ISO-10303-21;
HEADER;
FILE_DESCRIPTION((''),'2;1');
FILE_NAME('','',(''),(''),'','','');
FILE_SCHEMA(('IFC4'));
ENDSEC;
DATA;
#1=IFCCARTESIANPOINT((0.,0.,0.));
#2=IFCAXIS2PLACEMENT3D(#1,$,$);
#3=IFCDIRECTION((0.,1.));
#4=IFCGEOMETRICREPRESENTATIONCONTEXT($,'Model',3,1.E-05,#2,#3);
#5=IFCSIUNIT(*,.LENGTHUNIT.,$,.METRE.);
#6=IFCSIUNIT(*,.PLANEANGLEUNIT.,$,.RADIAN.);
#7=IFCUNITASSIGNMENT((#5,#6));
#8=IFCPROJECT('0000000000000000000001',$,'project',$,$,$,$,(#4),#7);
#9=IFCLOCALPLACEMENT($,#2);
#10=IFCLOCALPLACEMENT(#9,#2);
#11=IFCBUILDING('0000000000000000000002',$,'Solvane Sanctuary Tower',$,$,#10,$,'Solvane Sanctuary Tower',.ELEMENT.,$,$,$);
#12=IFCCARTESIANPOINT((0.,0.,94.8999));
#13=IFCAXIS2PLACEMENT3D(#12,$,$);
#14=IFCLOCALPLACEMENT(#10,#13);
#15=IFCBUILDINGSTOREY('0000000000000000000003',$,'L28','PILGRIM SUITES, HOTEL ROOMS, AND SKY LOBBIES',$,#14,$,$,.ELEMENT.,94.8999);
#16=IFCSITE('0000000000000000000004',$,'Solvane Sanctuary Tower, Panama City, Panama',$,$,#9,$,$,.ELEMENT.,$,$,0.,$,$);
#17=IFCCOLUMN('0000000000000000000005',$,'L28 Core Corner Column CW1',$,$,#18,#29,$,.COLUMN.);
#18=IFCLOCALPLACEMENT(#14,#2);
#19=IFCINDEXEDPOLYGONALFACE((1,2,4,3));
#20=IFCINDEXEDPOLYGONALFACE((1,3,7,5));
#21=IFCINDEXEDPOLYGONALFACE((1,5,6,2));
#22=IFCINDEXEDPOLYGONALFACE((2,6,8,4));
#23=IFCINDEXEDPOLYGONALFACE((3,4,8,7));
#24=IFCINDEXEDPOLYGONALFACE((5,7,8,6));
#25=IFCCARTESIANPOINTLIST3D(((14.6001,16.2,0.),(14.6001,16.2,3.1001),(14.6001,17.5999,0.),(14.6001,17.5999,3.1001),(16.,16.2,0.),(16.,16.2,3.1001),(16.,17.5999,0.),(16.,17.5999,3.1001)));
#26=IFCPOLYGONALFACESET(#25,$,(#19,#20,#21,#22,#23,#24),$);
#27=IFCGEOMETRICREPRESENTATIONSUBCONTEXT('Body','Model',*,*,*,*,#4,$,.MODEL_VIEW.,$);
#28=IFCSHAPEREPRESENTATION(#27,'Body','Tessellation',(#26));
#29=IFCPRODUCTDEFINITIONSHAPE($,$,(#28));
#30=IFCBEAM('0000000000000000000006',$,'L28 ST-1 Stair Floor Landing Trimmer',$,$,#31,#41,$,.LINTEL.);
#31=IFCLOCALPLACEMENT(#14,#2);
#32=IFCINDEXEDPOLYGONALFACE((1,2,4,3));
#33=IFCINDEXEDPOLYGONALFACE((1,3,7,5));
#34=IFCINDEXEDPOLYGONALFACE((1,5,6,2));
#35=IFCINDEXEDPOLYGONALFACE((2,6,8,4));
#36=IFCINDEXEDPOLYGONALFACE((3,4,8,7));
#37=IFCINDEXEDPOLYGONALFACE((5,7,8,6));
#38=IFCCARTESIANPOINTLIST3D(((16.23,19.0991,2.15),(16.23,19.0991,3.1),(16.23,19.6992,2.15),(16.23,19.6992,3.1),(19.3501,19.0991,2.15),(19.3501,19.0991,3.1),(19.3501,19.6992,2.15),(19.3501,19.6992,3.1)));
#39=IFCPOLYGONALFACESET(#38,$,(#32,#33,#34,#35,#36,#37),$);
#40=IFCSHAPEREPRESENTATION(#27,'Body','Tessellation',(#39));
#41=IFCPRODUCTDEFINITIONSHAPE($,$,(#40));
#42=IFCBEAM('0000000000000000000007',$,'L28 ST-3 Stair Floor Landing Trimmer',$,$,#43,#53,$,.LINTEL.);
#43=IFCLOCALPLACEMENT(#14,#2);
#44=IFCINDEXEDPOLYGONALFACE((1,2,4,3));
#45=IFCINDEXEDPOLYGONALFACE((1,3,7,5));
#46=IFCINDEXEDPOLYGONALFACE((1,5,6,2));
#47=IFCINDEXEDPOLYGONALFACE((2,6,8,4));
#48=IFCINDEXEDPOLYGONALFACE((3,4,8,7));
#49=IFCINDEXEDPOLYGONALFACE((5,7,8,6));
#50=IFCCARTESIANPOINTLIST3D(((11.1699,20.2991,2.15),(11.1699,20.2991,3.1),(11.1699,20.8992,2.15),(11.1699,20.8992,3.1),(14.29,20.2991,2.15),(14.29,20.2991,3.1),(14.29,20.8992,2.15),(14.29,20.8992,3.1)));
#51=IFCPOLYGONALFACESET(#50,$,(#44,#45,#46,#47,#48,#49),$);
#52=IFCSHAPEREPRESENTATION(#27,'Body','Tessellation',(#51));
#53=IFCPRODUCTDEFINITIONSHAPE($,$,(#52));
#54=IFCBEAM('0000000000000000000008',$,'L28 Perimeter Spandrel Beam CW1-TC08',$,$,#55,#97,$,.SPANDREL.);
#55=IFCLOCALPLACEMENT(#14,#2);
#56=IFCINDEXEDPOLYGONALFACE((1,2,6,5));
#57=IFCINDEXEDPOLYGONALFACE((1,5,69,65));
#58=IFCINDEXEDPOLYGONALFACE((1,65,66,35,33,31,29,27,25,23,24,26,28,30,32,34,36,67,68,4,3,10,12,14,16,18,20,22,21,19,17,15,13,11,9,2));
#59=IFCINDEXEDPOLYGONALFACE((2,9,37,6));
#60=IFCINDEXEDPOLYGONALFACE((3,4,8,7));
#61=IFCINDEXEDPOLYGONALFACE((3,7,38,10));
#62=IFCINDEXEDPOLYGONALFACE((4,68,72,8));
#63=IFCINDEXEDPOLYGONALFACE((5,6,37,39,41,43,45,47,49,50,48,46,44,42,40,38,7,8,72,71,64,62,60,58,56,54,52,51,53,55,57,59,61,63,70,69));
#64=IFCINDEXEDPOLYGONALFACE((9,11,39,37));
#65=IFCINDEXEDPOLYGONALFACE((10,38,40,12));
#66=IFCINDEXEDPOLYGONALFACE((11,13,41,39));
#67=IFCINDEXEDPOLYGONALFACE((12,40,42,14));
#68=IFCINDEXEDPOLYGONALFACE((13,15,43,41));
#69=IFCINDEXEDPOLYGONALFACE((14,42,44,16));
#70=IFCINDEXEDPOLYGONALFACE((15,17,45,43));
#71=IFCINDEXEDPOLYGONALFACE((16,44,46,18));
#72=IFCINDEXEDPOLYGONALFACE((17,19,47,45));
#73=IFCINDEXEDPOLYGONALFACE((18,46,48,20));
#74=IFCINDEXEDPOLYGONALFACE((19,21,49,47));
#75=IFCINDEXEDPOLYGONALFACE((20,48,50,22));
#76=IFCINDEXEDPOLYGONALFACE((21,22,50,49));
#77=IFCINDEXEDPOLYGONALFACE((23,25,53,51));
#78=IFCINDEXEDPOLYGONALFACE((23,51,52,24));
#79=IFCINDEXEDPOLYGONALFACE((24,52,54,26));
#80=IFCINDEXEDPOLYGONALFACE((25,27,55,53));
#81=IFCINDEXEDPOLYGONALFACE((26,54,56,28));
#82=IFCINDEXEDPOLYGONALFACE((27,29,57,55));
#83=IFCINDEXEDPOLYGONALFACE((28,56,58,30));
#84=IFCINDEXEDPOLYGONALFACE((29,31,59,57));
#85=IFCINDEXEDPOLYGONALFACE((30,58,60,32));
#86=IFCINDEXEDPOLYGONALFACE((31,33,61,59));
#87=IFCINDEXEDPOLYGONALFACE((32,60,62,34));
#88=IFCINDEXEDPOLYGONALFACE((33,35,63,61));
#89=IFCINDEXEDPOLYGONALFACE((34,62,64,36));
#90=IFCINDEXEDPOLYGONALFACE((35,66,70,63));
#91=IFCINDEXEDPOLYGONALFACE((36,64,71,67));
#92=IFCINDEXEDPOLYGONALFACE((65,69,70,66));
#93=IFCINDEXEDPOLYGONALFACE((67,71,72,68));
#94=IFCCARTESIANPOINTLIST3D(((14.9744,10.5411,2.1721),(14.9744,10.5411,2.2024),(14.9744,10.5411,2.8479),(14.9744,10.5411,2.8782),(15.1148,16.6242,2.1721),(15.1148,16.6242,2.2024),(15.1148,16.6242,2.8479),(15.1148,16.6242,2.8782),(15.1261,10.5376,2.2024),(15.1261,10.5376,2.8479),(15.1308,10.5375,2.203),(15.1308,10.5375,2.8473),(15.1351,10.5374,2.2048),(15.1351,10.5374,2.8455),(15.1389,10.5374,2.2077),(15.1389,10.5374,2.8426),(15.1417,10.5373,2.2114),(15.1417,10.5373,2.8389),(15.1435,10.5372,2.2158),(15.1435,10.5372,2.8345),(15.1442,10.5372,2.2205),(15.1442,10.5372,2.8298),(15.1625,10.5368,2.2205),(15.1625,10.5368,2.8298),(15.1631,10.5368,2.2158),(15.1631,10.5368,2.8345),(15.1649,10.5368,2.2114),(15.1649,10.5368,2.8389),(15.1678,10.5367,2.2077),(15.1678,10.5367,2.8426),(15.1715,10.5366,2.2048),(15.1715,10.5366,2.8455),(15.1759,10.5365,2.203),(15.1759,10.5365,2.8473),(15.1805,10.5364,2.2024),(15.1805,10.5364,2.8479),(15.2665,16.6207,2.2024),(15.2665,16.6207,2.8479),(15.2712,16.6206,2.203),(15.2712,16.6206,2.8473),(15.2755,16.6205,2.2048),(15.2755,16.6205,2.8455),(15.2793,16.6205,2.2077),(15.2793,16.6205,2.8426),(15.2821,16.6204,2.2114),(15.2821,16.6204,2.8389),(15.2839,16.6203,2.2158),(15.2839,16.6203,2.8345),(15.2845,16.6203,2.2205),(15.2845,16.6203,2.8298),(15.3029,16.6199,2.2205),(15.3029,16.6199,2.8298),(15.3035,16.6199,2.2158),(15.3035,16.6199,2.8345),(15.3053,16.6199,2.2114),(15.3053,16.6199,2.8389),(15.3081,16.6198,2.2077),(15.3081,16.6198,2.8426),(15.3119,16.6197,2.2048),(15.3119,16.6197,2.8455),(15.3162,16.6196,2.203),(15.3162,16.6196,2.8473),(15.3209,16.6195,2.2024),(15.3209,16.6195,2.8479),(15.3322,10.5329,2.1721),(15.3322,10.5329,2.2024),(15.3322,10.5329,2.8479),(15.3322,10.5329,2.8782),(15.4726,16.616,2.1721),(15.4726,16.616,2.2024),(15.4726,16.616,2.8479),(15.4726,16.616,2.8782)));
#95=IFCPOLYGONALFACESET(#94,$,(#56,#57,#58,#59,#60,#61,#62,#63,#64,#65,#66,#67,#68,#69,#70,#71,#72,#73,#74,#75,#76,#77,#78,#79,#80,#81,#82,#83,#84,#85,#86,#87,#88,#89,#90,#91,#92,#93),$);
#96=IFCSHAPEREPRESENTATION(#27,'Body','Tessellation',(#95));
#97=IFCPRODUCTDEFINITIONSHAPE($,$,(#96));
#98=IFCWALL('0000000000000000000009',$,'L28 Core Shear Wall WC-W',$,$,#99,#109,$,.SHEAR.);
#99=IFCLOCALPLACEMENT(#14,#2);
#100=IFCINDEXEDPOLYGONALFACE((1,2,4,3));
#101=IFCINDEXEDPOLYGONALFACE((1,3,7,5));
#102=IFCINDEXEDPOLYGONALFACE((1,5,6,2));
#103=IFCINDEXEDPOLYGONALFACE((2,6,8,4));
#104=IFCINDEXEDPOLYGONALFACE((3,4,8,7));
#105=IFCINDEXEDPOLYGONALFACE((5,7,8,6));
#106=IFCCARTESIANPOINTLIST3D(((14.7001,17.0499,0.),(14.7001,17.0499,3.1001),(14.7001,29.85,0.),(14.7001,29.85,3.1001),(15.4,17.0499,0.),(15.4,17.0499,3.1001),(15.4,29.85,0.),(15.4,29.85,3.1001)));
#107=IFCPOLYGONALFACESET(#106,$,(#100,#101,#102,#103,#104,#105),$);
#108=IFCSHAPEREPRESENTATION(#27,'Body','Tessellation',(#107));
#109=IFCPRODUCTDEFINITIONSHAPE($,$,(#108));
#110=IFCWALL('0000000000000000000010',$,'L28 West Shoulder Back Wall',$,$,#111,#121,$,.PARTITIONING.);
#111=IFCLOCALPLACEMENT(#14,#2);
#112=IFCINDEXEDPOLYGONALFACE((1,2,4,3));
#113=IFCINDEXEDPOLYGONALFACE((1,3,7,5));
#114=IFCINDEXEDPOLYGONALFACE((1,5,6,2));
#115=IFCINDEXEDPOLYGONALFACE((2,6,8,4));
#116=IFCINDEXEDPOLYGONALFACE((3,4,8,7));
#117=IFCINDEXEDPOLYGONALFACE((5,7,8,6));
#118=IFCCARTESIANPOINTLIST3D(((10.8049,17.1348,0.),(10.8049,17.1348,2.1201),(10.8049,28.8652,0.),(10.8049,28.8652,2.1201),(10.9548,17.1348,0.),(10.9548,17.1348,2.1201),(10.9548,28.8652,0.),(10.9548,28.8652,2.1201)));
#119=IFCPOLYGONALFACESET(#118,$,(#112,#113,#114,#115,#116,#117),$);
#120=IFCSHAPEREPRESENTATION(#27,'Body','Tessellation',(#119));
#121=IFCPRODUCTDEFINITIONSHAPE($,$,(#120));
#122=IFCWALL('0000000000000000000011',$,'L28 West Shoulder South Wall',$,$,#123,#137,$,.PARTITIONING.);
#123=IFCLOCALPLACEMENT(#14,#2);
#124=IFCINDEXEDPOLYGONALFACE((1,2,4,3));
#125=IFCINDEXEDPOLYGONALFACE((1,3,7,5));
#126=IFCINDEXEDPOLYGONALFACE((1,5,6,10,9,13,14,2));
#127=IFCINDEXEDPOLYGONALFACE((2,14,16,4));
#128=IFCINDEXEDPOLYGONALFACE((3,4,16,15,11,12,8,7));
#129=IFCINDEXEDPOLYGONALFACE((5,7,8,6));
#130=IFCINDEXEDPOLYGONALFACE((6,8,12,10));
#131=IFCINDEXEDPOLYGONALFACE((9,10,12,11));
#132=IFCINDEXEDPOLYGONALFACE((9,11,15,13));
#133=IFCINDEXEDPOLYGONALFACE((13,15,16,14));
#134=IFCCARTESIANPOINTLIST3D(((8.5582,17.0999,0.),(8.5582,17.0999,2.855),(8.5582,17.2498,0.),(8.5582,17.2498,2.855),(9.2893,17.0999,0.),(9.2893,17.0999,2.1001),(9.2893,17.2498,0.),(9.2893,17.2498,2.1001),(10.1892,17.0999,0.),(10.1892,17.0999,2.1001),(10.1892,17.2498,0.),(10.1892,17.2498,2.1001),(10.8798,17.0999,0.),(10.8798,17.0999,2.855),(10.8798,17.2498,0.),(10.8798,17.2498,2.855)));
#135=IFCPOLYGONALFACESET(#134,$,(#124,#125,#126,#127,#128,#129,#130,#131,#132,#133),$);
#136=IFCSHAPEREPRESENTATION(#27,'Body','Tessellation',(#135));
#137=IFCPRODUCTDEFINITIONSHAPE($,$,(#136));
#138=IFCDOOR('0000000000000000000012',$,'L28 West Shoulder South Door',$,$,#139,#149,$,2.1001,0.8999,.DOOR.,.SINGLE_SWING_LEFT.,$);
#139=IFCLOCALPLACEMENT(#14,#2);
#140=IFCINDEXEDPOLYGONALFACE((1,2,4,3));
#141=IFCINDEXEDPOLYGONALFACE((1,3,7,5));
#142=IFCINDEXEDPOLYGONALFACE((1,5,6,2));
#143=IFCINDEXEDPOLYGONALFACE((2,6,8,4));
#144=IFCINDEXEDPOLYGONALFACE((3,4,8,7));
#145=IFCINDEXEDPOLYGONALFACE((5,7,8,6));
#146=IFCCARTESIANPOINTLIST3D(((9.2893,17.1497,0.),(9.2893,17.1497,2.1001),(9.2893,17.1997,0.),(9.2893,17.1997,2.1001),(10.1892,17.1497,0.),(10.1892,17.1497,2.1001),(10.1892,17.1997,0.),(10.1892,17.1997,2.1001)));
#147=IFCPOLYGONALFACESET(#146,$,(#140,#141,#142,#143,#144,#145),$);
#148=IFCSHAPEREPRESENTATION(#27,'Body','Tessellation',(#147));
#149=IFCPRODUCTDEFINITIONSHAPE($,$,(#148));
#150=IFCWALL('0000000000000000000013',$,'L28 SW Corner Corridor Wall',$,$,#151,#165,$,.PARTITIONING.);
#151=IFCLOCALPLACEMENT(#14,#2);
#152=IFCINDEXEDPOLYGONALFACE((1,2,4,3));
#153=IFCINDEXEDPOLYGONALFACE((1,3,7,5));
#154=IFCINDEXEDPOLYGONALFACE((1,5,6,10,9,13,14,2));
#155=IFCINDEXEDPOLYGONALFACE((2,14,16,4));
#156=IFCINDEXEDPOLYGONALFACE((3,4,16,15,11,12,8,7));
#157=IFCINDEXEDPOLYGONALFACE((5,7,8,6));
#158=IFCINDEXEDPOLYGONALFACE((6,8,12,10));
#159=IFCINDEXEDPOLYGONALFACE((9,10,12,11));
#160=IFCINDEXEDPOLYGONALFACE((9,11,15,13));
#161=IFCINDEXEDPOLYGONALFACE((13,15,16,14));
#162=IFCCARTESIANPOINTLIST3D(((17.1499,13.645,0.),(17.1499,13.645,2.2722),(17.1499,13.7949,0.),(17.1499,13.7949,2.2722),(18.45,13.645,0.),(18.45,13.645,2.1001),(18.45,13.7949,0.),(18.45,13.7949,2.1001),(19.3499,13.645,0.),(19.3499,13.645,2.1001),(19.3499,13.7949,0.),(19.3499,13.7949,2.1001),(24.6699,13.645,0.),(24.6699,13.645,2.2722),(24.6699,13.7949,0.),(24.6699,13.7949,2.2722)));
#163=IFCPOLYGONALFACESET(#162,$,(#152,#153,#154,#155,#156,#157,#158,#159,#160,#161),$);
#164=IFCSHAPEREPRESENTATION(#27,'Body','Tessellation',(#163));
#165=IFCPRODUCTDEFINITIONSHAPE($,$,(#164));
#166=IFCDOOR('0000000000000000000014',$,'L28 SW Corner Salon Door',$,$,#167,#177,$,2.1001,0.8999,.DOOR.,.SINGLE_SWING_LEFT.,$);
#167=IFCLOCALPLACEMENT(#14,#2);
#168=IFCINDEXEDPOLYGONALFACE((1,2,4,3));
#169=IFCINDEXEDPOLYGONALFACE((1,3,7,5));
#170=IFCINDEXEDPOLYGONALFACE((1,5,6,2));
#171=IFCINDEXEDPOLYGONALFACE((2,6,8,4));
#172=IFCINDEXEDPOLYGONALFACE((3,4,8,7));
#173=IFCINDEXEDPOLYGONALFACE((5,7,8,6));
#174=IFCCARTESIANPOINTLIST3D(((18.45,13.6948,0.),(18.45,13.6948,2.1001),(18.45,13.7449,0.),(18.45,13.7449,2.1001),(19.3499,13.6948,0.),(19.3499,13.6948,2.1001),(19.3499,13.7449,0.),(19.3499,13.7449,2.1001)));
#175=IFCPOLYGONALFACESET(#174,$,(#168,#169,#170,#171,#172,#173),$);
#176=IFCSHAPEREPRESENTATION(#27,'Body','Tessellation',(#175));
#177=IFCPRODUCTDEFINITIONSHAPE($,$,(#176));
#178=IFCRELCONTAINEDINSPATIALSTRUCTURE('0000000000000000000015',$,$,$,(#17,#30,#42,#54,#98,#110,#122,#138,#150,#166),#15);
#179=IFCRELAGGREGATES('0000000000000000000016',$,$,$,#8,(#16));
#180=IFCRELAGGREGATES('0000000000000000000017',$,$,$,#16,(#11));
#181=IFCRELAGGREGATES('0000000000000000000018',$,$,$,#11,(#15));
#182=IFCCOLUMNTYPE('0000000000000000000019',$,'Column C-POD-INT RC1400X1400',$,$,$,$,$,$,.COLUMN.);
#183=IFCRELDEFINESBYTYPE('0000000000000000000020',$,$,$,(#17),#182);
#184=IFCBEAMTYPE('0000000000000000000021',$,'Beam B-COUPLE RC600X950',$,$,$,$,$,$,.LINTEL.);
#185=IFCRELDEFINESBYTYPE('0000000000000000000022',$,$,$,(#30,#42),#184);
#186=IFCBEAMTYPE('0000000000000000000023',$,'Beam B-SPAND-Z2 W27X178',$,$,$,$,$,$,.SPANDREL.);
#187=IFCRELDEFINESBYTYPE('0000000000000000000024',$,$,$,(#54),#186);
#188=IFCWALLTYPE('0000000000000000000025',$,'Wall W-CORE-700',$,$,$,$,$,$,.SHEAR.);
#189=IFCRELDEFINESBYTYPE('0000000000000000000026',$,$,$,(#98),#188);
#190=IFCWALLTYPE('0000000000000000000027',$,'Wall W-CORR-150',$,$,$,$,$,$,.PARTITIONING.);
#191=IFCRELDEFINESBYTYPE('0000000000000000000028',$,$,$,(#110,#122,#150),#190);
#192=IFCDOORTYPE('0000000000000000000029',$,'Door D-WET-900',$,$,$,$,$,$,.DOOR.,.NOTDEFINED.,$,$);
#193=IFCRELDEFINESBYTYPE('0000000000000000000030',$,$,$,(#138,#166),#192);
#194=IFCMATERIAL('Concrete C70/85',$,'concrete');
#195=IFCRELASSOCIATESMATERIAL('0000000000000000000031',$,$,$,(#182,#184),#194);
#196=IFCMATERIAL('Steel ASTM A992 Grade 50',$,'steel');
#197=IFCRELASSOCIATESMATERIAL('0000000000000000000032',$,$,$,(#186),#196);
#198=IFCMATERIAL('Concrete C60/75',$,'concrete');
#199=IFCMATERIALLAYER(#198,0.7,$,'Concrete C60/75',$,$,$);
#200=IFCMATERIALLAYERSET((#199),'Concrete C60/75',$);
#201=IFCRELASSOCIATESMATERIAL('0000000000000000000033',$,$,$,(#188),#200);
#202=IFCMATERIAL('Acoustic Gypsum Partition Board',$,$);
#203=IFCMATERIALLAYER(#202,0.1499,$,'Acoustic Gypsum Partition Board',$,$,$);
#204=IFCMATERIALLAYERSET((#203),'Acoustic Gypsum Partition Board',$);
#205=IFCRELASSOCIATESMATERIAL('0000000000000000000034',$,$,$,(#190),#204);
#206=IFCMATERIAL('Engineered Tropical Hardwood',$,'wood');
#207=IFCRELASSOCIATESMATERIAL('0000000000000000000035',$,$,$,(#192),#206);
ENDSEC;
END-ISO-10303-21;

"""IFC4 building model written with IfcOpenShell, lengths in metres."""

from ifc_helpers import new_model, si_unit, direction, frame, frame_2d, origin, origin_2d, place, context, subcontext, project, spatial, rectangle, i_section, extrude, material, layer, layer_set, material_profile, profile_set, type_object, element, fill, save


model = new_model("IFC4")

# Units and contexts
model_context = context("Model", 3, precision=1e-05, world=origin(), true_north=direction((0.0, 1.0)))
body_context = subcontext(model_context, "Body", "Model", "MODEL_VIEW")
ifc_project = project(units=[si_unit("LENGTHUNIT", "METRE"), si_unit("PLANEANGLEUNIT", "RADIAN")], contexts=[model_context])

# Site, building, storey
site_placement = place(None, origin())
site = spatial("IfcSite", under=ifc_project, at=site_placement, Name="Solvane Sanctuary Tower, Panama City, Panama", CompositionType="ELEMENT", RefElevation=0.0)
building_placement = place(site_placement, origin())
building = spatial("IfcBuilding", under=site, at=building_placement, Name="Solvane Sanctuary Tower", LongName="Solvane Sanctuary Tower", CompositionType="ELEMENT")
storey_placement = place(building_placement, frame((0.0, 0.0, 94.8999)))
storey = spatial("IfcBuildingStorey", under=building, at=storey_placement, Name="L28", Description="PILGRIM SUITES, HOTEL ROOMS, AND SKY LOBBIES", CompositionType="ELEMENT", Elevation=94.8999)

# Column
ifc_material_1 = material(Name="Concrete C70/85", Category="concrete")
ifc_material_profile_1 = material_profile(ifc_material_1, rectangle(XDim=1.3999, YDim=1.3999, at=origin_2d()), Name="RC1400X1400")
ifc_profile_set_1 = profile_set([ifc_material_profile_1], Name="Concrete C70/85")
column_type = type_object("IfcColumnType", Name="Column C-POD-INT RC1400X1400", PredefinedType="COLUMN", material=ifc_profile_set_1)
column_placement = place(storey_placement, frame((15.3, 16.8999, 0.0), z_axis=(0.0, 0.0, 1.0), x_axis=(1.0, 0.0, 0.0)))
element("IfcColumn", 1, at=column_placement, inside=storey, type_object=column_type, Name="L28 Core Corner Column CW1", PredefinedType="COLUMN", context=body_context, shape_type="SweptSolid", body=[
    extrude(rectangle(XDim=1.3999, YDim=1.3999, at=origin_2d()), origin(), (0.0, 0.0, 1.0), 3.1001),
])

# Beams
ifc_material_profile_2 = material_profile(ifc_material_1, rectangle(XDim=0.6001, YDim=0.95, at=origin_2d()), Name="RC600X950")
ifc_profile_set_2 = profile_set([ifc_material_profile_2], Name="Concrete C70/85")
beam_type_1 = type_object("IfcBeamType", Name="Beam B-COUPLE RC600X950", PredefinedType="LINTEL", material=ifc_profile_set_2)
for number, where, z_axis, x_axis, name in (
    (2, (16.23, 19.3992, 2.625), (1.0, 0.0, 0.0), (0.0, 1.0, 0.0), "L28 ST-1 Stair Floor Landing Trimmer"),
    (3, (11.1699, 20.5991, 2.625), (1.0, 0.0, 0.0), (0.0, 1.0, 0.0), "L28 ST-3 Stair Floor Landing Trimmer"),
):
    element("IfcBeam", number, at=place(storey_placement, frame(where, z_axis=z_axis, x_axis=x_axis)), inside=storey, type_object=beam_type_1, Name=name, PredefinedType="LINTEL", context=body_context, shape_type="SweptSolid", body=[
        extrude(rectangle(XDim=0.6001, YDim=0.95, at=origin_2d()), origin(), (0.0, 0.0, 1.0), 3.1201),
    ])
ifc_material_2 = material(Name="Steel ASTM A992 Grade 50", Category="steel")
ifc_material_profile_3 = material_profile(ifc_material_2, i_section(OverallWidth=0.3579, OverallDepth=0.7061, WebThickness=0.0183, FlangeThickness=0.0303, FilletRadius=0.0181, at=origin_2d()), Name="W27X178")
ifc_profile_set_3 = profile_set([ifc_material_profile_3], Name="Steel ASTM A992 Grade 50")
beam_type_2 = type_object("IfcBeamType", Name="Beam B-SPAND-Z2 W27X178", PredefinedType="SPANDREL", material=ifc_profile_set_3)
beam_placement = place(storey_placement, frame((15.2937, 16.6201, 2.5251), z_axis=(-0.023071, -0.999734, 0.0), x_axis=(0.999734, -0.023071, 0.0)))
element("IfcBeam", 4, at=beam_placement, inside=storey, type_object=beam_type_2, Name="L28 Perimeter Spandrel Beam CW1-TC08", PredefinedType="SPANDREL", context=body_context, shape_type="SweptSolid", body=[
    extrude(i_section(OverallWidth=0.3579, OverallDepth=0.7061, WebThickness=0.0183, FlangeThickness=0.0303, FilletRadius=0.0181, at=origin_2d()), origin(), (0.0, 0.0, 1.0), 6.0847),
])

# Walls
ifc_material_3 = material(Name="Concrete C60/75", Category="concrete")
ifc_layer_1 = layer(ifc_material_3, 0.7, Name="Concrete C60/75")
ifc_layer_set_1 = layer_set([ifc_layer_1], Name="Concrete C60/75")
wall_type_1 = type_object("IfcWallType", Name="Wall W-CORE-700", PredefinedType="SHEAR", material=ifc_layer_set_1)
wall_1_placement = place(storey_placement, frame((15.05, 17.05, 0.0), z_axis=(0.0, 0.0, 1.0), x_axis=(0.0, 1.0, 0.0)))
element("IfcWall", 5, at=wall_1_placement, inside=storey, type_object=wall_type_1, Name="L28 Core Shear Wall WC-W", PredefinedType="SHEAR", context=body_context, shape_type="SweptSolid", body=[
    extrude(rectangle(XDim=12.8, YDim=0.7, at=frame_2d((6.3999, 0.0))), origin(), (0.0, 0.0, 1.0), 3.1001),
])
ifc_material_4 = material(Name="Acoustic Gypsum Partition Board")
ifc_layer_2 = layer(ifc_material_4, 0.1499, Name="Acoustic Gypsum Partition Board")
ifc_layer_set_2 = layer_set([ifc_layer_2], Name="Acoustic Gypsum Partition Board")
wall_type_2 = type_object("IfcWallType", Name="Wall W-CORR-150", PredefinedType="PARTITIONING", material=ifc_layer_set_2)
wall_2_placement = place(storey_placement, frame((10.8799, 17.1348, 0.0), z_axis=(0.0, 0.0, 1.0), x_axis=(0.0, 1.0, 0.0)))
element("IfcWall", 6, at=wall_2_placement, inside=storey, type_object=wall_type_2, Name="L28 West Shoulder Back Wall", PredefinedType="PARTITIONING", context=body_context, shape_type="SweptSolid", body=[
    extrude(rectangle(XDim=11.7305, YDim=0.1499, at=frame_2d((5.8652, 0.0))), origin(), (0.0, 0.0, 1.0), 2.1201),
])

# Walls, openings, doors
wall_3_placement = place(storey_placement, frame((8.5583, 17.1748, 0.0), z_axis=(0.0, 0.0, 1.0), x_axis=(1.0, 0.0, 0.0)))
wall_3 = element("IfcWall", 7, at=wall_3_placement, inside=storey, type_object=wall_type_2, Name="L28 West Shoulder South Wall", PredefinedType="PARTITIONING", context=body_context, shape_type="SweptSolid", body=[
    extrude(rectangle(XDim=2.3215, YDim=0.1499, at=frame_2d((1.1606, 0.0))), origin(), (0.0, 0.0, 1.0), 2.855),
])
opening_1_placement = place(wall_3_placement, frame((0.731, 0.0, 0.0)))
opening_1 = element("IfcOpeningElement", 8, at=opening_1_placement, cuts=wall_3, PredefinedType="OPENING", context=body_context, shape_type="SweptSolid", body=[
    extrude(rectangle(XDim=0.8999, YDim=2.1001, at=frame_2d((0.45, 1.05))), frame((0.0, 0.085, 0.0), z_axis=(0.0, -1.0, 0.0), x_axis=(1.0, 0.0, 0.0)), (0.0, 0.0, 1.0), 0.1699),
])
ifc_material_5 = material(Name="Engineered Tropical Hardwood", Category="wood")
door_type_1 = type_object("IfcDoorType", Name="Door D-WET-900", OperationType="NOTDEFINED", PredefinedType="DOOR", material=ifc_material_5)
door_1_placement = place(opening_1_placement, origin())
door_1 = element("IfcDoor", 9, at=door_1_placement, inside=storey, type_object=door_type_1, Name="L28 West Shoulder South Door", OperationType="SINGLE_SWING_LEFT", OverallHeight=2.1001, OverallWidth=0.8999, PredefinedType="DOOR", context=body_context, shape_type="SweptSolid", body=[
    extrude(rectangle(XDim=0.8999, YDim=2.1001, at=frame_2d((0.45, 1.05))), frame((0.0, 0.0249, 0.0), z_axis=(0.0, -1.0, 0.0), x_axis=(1.0, 0.0, 0.0)), (0.0, 0.0, 1.0), 0.05),
])
fill(opening_1, door_1)
wall_4_placement = place(storey_placement, frame((17.1499, 13.72, 0.0), z_axis=(0.0, 0.0, 1.0), x_axis=(1.0, 0.0, 0.0)))
wall_4 = element("IfcWall", 10, at=wall_4_placement, inside=storey, type_object=wall_type_2, Name="L28 SW Corner Corridor Wall", PredefinedType="PARTITIONING", context=body_context, shape_type="SweptSolid", body=[
    extrude(rectangle(XDim=7.52, YDim=0.1499, at=frame_2d((3.76, 0.0))), origin(), (0.0, 0.0, 1.0), 2.2722),
])
opening_2_placement = place(wall_4_placement, frame((1.3, 0.0, 0.0)))
opening_2 = element("IfcOpeningElement", 11, at=opening_2_placement, cuts=wall_4, PredefinedType="OPENING", context=body_context, shape_type="SweptSolid", body=[
    extrude(rectangle(XDim=0.8999, YDim=2.1001, at=frame_2d((0.45, 1.05))), frame((0.0, 0.085, 0.0), z_axis=(0.0, -1.0, 0.0), x_axis=(1.0, 0.0, 0.0)), (0.0, 0.0, 1.0), 0.1699),
])
door_2_placement = place(opening_2_placement, origin())
door_2 = element("IfcDoor", 12, at=door_2_placement, inside=storey, type_object=door_type_1, Name="L28 SW Corner Salon Door", OperationType="SINGLE_SWING_LEFT", OverallHeight=2.1001, OverallWidth=0.8999, PredefinedType="DOOR", context=body_context, shape_type="SweptSolid", body=[
    extrude(rectangle(XDim=0.8999, YDim=2.1001, at=frame_2d((0.45, 1.05))), frame((0.0, 0.0249, 0.0), z_axis=(0.0, -1.0, 0.0), x_axis=(1.0, 0.0, 0.0)), (0.0, 0.0, 1.0), 0.05),
])
fill(opening_2, door_2)

save(model, "model.ifc")
